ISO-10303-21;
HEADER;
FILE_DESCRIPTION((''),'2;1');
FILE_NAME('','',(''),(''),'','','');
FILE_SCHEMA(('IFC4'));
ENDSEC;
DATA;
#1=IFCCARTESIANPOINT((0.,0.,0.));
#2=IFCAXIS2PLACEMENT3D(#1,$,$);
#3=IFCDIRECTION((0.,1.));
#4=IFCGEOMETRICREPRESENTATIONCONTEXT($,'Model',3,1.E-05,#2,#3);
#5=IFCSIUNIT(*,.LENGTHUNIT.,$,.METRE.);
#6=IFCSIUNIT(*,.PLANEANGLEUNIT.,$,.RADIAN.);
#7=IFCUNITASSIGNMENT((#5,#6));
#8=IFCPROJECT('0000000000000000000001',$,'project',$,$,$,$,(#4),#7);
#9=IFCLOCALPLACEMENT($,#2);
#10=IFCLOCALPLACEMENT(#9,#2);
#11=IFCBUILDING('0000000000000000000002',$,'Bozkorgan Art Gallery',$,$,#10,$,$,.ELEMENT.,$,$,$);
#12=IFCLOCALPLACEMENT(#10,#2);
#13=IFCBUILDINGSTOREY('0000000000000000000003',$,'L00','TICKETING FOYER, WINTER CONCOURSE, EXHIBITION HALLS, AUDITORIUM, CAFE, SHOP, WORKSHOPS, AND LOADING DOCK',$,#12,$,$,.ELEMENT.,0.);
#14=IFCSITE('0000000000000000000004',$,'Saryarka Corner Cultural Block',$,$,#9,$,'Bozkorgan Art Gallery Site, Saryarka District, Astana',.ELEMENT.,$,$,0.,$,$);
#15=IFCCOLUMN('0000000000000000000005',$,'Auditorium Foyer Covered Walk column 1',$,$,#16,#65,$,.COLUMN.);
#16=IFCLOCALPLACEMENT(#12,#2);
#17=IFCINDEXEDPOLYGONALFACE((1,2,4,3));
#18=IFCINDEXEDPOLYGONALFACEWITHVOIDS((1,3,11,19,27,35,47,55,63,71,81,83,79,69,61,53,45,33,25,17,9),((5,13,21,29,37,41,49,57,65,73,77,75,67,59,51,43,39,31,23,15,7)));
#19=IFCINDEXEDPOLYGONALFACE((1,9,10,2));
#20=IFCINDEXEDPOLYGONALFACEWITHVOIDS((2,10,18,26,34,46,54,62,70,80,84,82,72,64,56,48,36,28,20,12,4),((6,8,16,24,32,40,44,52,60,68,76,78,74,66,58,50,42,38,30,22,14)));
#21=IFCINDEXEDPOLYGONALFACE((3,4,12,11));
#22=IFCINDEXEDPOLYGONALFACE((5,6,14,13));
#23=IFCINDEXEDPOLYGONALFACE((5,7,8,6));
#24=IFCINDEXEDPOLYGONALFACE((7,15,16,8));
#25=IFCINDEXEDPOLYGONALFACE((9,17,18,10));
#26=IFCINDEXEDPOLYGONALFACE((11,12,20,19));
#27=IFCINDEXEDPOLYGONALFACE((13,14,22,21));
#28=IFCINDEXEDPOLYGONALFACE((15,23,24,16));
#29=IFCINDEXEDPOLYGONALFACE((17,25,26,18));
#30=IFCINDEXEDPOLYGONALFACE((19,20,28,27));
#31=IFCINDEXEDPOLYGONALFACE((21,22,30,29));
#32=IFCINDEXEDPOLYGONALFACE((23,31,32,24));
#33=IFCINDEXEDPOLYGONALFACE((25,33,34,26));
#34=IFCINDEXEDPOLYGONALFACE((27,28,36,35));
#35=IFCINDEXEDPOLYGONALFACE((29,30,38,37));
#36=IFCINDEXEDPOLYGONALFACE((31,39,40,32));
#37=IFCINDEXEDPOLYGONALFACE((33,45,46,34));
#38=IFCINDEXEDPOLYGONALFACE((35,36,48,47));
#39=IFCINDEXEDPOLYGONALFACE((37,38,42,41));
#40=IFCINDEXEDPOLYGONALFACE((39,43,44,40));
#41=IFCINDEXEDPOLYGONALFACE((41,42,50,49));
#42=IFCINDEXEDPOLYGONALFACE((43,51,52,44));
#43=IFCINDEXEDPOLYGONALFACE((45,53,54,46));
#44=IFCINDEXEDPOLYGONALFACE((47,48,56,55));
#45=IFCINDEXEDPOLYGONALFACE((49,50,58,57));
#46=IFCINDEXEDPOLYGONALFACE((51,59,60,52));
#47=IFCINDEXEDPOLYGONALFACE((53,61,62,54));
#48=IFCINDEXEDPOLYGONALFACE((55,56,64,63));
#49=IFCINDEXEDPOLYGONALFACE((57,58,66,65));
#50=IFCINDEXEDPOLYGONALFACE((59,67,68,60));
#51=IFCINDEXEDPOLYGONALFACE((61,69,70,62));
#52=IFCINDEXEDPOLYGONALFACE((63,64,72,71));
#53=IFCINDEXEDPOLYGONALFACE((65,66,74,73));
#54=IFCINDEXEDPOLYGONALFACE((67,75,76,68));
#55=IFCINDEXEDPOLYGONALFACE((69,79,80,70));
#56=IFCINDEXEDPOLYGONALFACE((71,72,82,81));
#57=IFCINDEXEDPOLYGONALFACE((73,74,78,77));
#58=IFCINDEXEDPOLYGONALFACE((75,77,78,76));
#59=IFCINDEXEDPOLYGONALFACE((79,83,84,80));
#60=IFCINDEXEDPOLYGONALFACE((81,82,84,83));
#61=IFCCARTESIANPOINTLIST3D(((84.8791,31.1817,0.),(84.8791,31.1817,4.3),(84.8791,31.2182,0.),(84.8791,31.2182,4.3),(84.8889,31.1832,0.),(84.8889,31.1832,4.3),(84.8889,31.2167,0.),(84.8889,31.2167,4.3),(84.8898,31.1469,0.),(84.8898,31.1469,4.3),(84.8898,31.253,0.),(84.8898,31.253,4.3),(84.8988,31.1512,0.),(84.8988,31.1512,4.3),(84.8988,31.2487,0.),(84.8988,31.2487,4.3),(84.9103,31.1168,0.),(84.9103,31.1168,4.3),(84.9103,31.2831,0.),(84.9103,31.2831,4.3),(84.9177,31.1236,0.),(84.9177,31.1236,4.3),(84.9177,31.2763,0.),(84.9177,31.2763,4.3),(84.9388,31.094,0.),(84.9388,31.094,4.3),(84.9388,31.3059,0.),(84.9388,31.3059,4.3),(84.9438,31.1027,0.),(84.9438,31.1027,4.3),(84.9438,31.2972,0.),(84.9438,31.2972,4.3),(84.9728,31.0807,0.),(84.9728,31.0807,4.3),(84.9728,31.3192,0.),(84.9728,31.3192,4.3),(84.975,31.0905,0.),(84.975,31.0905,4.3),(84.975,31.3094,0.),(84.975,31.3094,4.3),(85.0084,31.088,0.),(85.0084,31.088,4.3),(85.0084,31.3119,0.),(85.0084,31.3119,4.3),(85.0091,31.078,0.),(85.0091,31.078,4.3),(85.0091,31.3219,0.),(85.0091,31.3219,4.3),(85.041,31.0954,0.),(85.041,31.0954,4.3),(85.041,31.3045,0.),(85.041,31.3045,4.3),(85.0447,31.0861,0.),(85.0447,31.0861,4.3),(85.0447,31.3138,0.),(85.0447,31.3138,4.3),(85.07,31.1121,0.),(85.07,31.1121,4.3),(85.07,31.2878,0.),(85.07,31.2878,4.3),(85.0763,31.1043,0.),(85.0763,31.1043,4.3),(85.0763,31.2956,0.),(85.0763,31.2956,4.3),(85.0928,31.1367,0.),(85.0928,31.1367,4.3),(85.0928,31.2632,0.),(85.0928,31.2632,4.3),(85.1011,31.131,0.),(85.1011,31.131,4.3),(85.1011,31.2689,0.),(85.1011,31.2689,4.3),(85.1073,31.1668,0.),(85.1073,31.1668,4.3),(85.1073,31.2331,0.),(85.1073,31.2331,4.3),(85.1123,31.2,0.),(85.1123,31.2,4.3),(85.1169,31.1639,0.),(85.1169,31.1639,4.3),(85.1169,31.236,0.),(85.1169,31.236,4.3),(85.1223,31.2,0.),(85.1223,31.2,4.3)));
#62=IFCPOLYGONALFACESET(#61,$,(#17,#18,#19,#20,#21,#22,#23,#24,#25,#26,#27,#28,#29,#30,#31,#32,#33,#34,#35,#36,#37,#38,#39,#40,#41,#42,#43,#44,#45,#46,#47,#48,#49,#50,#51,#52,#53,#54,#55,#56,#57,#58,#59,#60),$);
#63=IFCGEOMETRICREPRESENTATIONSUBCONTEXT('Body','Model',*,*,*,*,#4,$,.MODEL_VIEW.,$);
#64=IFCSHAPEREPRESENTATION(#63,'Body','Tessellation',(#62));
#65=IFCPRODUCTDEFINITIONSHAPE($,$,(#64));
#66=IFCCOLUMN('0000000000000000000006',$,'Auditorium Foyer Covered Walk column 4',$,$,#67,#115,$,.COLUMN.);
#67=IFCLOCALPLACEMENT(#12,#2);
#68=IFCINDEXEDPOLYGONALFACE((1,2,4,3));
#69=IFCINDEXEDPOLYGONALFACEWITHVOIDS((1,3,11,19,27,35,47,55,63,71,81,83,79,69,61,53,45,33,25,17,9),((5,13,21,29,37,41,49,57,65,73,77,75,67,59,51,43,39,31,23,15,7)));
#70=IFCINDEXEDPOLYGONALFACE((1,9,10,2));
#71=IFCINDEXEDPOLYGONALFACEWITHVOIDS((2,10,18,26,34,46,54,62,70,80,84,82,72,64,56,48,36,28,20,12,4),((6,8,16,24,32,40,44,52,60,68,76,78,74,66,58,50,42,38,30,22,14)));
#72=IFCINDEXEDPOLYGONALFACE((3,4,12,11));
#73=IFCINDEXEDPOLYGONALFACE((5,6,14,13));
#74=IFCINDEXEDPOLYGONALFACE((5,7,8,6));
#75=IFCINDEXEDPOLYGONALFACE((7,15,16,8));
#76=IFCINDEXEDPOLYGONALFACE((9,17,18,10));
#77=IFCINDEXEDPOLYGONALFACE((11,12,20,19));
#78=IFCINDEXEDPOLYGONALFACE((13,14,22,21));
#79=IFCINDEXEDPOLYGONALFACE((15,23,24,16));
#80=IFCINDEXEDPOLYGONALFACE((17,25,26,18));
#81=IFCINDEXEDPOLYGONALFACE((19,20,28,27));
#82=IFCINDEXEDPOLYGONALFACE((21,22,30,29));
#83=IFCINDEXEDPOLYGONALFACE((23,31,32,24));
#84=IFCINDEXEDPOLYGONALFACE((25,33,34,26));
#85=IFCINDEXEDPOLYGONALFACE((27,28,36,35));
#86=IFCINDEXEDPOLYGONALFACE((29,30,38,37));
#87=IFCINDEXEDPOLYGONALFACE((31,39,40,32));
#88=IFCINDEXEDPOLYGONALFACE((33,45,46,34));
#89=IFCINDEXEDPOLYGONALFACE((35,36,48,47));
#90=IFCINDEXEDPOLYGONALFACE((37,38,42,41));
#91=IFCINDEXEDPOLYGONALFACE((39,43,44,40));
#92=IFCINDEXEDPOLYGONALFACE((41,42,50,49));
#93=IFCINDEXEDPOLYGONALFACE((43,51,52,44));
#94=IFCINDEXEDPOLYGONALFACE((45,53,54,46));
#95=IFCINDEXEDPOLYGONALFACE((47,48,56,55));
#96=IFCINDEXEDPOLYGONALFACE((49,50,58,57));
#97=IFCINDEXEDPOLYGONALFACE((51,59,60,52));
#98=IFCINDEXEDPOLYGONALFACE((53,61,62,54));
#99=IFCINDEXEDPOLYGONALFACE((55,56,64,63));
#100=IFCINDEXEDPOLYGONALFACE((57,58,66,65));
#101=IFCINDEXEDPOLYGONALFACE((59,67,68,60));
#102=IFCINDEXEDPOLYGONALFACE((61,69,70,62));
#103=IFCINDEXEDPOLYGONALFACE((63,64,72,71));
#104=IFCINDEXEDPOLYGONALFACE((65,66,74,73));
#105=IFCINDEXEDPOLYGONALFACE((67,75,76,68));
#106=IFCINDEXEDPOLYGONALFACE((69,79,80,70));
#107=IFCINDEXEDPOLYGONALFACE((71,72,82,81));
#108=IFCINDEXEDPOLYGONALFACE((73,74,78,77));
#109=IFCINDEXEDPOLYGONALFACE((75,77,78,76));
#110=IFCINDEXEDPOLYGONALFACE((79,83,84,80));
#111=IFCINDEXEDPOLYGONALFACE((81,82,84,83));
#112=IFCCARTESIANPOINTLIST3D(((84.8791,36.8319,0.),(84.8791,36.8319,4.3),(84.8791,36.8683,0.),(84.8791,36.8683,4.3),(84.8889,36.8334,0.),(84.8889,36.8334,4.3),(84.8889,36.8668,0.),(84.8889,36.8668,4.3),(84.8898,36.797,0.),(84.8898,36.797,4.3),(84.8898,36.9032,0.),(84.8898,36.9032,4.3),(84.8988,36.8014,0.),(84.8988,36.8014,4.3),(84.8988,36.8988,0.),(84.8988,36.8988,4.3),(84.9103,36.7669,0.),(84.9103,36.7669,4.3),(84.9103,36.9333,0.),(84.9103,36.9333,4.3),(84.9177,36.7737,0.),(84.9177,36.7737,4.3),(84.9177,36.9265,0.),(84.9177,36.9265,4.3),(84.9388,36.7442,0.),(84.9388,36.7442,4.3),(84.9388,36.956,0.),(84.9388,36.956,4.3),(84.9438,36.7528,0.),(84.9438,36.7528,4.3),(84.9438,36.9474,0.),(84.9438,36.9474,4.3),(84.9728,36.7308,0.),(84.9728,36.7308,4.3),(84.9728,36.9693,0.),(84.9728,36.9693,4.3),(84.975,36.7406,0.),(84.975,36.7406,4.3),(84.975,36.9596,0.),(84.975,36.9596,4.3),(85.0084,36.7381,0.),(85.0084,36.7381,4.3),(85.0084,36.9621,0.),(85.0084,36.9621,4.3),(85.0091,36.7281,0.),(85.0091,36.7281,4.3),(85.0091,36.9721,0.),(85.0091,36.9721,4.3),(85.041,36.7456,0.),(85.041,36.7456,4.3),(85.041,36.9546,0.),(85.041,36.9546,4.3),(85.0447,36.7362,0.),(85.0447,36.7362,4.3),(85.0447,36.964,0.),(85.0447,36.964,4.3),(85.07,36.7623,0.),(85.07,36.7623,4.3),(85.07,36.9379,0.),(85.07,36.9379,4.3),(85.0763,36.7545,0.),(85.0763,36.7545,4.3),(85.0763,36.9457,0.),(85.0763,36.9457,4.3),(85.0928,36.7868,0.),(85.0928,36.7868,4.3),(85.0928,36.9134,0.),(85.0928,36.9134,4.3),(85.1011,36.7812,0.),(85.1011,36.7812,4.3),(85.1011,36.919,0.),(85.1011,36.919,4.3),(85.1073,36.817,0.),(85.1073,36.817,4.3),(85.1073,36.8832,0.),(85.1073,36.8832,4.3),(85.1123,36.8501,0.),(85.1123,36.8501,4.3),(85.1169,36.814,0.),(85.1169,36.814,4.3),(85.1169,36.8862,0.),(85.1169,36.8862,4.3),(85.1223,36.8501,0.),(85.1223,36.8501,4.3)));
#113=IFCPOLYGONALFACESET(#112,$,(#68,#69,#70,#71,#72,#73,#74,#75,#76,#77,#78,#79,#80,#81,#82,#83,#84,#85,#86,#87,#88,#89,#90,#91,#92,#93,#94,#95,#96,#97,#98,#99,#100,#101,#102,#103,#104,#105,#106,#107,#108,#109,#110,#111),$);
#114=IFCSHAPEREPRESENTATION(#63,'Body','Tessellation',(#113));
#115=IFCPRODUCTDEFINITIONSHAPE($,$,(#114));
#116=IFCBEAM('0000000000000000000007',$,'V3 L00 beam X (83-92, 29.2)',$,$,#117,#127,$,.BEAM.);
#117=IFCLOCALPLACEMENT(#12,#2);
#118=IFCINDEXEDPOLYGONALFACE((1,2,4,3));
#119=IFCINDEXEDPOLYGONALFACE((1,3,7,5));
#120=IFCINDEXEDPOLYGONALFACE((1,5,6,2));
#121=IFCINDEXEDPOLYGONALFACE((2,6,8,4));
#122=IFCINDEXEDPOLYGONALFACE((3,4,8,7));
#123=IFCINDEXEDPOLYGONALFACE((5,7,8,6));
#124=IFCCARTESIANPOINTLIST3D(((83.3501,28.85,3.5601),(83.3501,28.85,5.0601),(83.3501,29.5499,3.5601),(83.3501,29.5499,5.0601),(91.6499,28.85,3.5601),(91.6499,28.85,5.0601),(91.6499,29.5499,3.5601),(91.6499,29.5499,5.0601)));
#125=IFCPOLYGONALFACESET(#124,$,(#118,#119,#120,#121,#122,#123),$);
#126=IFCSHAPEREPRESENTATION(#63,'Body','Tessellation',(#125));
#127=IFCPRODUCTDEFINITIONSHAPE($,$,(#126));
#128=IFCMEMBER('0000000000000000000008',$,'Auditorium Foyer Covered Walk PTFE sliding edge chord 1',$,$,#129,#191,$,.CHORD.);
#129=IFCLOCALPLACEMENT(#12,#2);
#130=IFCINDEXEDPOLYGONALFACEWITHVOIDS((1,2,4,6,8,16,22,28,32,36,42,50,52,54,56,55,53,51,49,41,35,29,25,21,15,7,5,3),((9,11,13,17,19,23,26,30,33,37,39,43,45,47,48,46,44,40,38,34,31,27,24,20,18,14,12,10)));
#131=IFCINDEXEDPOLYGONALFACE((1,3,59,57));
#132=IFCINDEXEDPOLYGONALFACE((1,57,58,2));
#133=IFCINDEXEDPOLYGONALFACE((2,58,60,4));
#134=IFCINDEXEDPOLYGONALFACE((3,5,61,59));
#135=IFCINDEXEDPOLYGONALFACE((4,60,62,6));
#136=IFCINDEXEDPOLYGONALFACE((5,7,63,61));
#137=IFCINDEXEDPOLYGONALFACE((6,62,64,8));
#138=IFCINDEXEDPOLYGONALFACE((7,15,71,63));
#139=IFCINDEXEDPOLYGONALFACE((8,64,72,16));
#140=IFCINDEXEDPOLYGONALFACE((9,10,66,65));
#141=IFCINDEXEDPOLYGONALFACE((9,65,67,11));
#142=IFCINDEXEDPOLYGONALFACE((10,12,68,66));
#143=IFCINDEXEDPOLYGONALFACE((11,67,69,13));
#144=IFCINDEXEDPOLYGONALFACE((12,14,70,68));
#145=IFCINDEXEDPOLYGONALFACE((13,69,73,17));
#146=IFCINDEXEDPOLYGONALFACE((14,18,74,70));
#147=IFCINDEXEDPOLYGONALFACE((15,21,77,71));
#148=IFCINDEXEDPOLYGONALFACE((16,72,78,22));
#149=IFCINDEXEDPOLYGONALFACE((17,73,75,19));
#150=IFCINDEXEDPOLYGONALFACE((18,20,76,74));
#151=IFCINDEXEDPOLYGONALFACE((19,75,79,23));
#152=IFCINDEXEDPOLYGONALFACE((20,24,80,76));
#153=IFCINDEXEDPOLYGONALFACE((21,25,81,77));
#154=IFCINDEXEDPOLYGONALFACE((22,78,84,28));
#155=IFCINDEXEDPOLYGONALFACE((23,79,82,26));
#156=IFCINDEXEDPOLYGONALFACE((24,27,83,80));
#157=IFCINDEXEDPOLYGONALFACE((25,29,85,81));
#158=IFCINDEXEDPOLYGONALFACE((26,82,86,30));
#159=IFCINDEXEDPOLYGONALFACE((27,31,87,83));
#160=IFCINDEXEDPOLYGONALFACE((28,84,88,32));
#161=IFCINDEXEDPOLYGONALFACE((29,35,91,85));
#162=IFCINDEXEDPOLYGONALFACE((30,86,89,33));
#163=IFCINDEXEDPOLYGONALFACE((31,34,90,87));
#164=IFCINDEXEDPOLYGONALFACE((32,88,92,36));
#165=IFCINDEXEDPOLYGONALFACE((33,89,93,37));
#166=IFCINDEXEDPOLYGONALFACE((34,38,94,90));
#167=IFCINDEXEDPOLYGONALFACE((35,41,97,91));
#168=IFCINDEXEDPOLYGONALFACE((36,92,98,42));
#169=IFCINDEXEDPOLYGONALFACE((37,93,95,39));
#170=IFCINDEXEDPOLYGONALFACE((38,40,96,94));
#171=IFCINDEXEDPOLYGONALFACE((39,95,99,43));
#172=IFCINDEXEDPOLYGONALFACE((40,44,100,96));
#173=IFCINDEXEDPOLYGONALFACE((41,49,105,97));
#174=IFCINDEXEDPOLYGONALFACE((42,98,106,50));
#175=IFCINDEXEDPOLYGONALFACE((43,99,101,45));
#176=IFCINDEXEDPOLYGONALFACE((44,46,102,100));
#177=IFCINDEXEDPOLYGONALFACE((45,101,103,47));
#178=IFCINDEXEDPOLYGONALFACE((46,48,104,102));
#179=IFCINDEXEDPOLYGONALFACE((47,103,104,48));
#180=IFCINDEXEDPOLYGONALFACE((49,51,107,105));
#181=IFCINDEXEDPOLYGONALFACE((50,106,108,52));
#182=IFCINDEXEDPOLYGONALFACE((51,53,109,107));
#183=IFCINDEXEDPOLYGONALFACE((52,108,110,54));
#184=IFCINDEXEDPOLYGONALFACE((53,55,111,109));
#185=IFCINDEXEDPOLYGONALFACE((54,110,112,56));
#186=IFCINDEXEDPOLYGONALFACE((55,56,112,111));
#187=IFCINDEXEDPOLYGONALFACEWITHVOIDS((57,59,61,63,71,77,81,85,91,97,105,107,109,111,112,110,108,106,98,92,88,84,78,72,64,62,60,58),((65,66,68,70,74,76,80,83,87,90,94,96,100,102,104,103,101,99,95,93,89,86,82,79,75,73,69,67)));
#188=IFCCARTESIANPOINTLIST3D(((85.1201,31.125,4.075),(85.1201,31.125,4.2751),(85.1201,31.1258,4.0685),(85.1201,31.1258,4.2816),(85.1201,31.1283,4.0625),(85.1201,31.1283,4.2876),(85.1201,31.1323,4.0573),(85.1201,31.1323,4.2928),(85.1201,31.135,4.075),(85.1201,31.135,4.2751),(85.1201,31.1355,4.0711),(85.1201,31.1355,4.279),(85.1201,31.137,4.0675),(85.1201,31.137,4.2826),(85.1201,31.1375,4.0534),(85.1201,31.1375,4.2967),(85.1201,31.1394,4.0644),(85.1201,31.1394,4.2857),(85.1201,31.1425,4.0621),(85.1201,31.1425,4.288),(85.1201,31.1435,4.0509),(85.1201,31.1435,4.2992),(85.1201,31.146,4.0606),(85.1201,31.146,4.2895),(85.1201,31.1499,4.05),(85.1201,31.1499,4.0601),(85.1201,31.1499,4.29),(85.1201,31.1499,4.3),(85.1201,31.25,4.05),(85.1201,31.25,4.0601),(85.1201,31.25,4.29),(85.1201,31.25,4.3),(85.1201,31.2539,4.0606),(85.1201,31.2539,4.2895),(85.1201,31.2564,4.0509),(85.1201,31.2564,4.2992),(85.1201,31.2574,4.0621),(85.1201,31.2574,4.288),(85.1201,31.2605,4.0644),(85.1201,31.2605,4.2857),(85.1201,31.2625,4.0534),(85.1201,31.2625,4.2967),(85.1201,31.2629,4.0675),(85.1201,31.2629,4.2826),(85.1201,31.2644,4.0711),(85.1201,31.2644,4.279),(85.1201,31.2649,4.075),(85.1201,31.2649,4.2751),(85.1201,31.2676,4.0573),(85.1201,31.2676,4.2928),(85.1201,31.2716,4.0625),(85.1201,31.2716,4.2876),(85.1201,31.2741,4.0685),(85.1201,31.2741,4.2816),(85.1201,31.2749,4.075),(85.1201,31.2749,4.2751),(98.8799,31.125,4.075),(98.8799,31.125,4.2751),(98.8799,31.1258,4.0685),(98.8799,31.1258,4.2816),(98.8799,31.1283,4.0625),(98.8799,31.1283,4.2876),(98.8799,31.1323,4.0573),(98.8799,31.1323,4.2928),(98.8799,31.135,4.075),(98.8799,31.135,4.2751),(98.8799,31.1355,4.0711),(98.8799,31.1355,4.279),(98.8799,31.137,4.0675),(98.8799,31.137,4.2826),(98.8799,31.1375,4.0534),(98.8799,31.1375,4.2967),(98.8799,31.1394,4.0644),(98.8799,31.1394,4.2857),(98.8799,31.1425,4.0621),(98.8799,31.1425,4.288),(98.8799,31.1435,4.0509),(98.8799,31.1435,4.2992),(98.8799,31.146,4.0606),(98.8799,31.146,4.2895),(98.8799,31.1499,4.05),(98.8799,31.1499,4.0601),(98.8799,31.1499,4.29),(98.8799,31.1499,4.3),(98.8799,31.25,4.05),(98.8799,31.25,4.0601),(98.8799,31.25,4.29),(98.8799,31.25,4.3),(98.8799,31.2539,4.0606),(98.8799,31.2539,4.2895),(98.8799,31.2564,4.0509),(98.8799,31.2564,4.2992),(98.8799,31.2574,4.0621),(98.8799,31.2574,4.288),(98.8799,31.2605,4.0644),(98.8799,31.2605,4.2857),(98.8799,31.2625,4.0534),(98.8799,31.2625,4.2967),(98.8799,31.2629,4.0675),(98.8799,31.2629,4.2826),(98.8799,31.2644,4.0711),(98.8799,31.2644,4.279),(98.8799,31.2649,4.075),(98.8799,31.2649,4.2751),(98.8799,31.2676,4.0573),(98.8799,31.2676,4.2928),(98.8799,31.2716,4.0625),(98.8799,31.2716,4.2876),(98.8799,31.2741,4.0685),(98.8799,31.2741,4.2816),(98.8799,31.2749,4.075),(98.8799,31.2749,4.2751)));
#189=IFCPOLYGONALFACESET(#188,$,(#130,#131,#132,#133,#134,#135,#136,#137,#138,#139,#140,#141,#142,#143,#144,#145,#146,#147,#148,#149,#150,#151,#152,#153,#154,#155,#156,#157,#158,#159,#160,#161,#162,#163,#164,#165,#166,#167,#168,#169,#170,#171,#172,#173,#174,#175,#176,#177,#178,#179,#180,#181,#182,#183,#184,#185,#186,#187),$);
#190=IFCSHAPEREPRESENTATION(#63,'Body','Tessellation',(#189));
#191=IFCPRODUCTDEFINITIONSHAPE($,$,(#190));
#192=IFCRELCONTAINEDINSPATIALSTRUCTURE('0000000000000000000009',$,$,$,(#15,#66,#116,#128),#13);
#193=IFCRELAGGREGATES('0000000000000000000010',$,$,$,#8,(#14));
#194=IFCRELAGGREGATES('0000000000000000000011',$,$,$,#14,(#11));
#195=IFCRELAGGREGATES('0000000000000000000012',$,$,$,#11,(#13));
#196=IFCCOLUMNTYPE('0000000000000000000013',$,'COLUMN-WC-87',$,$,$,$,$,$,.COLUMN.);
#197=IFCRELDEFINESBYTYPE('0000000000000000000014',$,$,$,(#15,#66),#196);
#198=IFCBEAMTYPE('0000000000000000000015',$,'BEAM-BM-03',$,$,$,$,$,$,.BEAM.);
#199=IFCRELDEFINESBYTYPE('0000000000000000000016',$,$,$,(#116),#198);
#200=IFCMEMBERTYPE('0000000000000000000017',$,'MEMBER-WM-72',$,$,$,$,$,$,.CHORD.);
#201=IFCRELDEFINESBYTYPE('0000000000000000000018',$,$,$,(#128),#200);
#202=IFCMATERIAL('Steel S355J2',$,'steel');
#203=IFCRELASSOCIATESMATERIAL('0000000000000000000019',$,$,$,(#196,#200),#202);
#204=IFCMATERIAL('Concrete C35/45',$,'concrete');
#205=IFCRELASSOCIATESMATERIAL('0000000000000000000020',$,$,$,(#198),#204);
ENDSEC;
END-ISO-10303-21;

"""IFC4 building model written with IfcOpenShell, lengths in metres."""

from ifc_helpers import new_model, si_unit, direction, frame, origin, origin_2d, place, context, subcontext, project, spatial, rectangle, hollow_rectangle, hollow_circle, extrude, material, material_profile, profile_set, type_object, element, save


model = new_model("IFC4")

# Units and contexts
model_context = context("Model", 3, precision=1e-05, world=origin(), true_north=direction((0.0, 1.0)))
body_context = subcontext(model_context, "Body", "Model", "MODEL_VIEW")
ifc_project = project(units=[si_unit("LENGTHUNIT", "METRE"), si_unit("PLANEANGLEUNIT", "RADIAN")], contexts=[model_context])

# Site, building, storey
site_placement = place(None, origin())
site = spatial("IfcSite", under=ifc_project, at=site_placement, Name="Saryarka Corner Cultural Block", LongName="Bozkorgan Art Gallery Site, Saryarka District, Astana", CompositionType="ELEMENT", RefElevation=0.0)
building_placement = place(site_placement, origin())
building = spatial("IfcBuilding", under=site, at=building_placement, Name="Bozkorgan Art Gallery", CompositionType="ELEMENT")
storey_placement = place(building_placement, origin())
storey = spatial("IfcBuildingStorey", under=building, at=storey_placement, Name="L00", Description="TICKETING FOYER, WINTER CONCOURSE, EXHIBITION HALLS, AUDITORIUM, CAFE, SHOP, WORKSHOPS, AND LOADING DOCK", CompositionType="ELEMENT", Elevation=0.0)

# Columns
ifc_material_1 = material(Name="Steel S355J2", Category="steel")
ifc_material_profile_1 = material_profile(ifc_material_1, hollow_circle(Radius=0.1223, WallThickness=0.01, at=origin_2d()), Name="CHS 244.5x10")
ifc_profile_set_1 = profile_set([ifc_material_profile_1], Name="Steel S355J2")
column_type_1 = type_object("IfcColumnType", Name="COLUMN-WC-87", PredefinedType="COLUMN", material=ifc_profile_set_1)
for number, where, z_axis, x_axis, name in (
    (1, (85.0, 31.2, 0.0), (0.0, 0.0, 1.0), (1.0, 0.0, 0.0), "Auditorium Foyer Covered Walk column 1"),
    (2, (85.0, 36.8501, 0.0), (0.0, 0.0, 1.0), (1.0, 0.0, 0.0), "Auditorium Foyer Covered Walk column 4"),
):
    element("IfcColumn", number, at=place(storey_placement, frame(where, z_axis=z_axis, x_axis=x_axis)), inside=storey, type_object=column_type_1, Name=name, PredefinedType="COLUMN", context=body_context, shape_type="SweptSolid", body=[
        extrude(hollow_circle(Radius=0.1223, WallThickness=0.01, at=origin_2d()), origin(), (0.0, 0.0, 1.0), 4.3),
    ])

# Beam
ifc_material_2 = material(Name="Concrete C35/45", Category="concrete")
ifc_material_profile_2 = material_profile(ifc_material_2, rectangle(XDim=0.7, YDim=1.5, at=origin_2d()), Name="RC 700x1500")
ifc_profile_set_2 = profile_set([ifc_material_profile_2], Name="Concrete C35/45")
beam_type = type_object("IfcBeamType", Name="BEAM-BM-03", PredefinedType="BEAM", material=ifc_profile_set_2)
beam_placement = place(storey_placement, frame((83.3501, 29.2, 4.3101), z_axis=(1.0, 0.0, 0.0), x_axis=(0.0, 1.0, 0.0)))
element("IfcBeam", 3, at=beam_placement, inside=storey, type_object=beam_type, Name="V3 L00 beam X (83-92, 29.2)", PredefinedType="BEAM", context=body_context, shape_type="SweptSolid", body=[
    extrude(rectangle(XDim=0.7, YDim=1.5, at=origin_2d()), origin(), (0.0, 0.0, 1.0), 8.2998),
])

# Member
ifc_material_profile_3 = material_profile(ifc_material_1, hollow_rectangle(XDim=0.1499, YDim=0.25, WallThickness=0.01, InnerFilletRadius=0.0149, OuterFilletRadius=0.0249, at=origin_2d()), Name="RHS 250x150x10")
ifc_profile_set_3 = profile_set([ifc_material_profile_3], Name="Steel S355J2")
member_type = type_object("IfcMemberType", Name="MEMBER-WM-72", PredefinedType="CHORD", material=ifc_profile_set_3)
member_1_placement = place(storey_placement, frame((85.1201, 31.2, 4.175), z_axis=(1.0, 0.0, 0.0), x_axis=(0.0, 1.0, 0.0)))
element("IfcMember", 4, at=member_1_placement, inside=storey, type_object=member_type, Name="Auditorium Foyer Covered Walk PTFE sliding edge chord 1", PredefinedType="CHORD", context=body_context, shape_type="SweptSolid", body=[
    extrude(hollow_rectangle(XDim=0.1499, YDim=0.25, WallThickness=0.01, InnerFilletRadius=0.0149, OuterFilletRadius=0.0249, at=origin_2d()), origin(), (0.0, 0.0, 1.0), 13.7598),
])

save(model, "model.ifc")
